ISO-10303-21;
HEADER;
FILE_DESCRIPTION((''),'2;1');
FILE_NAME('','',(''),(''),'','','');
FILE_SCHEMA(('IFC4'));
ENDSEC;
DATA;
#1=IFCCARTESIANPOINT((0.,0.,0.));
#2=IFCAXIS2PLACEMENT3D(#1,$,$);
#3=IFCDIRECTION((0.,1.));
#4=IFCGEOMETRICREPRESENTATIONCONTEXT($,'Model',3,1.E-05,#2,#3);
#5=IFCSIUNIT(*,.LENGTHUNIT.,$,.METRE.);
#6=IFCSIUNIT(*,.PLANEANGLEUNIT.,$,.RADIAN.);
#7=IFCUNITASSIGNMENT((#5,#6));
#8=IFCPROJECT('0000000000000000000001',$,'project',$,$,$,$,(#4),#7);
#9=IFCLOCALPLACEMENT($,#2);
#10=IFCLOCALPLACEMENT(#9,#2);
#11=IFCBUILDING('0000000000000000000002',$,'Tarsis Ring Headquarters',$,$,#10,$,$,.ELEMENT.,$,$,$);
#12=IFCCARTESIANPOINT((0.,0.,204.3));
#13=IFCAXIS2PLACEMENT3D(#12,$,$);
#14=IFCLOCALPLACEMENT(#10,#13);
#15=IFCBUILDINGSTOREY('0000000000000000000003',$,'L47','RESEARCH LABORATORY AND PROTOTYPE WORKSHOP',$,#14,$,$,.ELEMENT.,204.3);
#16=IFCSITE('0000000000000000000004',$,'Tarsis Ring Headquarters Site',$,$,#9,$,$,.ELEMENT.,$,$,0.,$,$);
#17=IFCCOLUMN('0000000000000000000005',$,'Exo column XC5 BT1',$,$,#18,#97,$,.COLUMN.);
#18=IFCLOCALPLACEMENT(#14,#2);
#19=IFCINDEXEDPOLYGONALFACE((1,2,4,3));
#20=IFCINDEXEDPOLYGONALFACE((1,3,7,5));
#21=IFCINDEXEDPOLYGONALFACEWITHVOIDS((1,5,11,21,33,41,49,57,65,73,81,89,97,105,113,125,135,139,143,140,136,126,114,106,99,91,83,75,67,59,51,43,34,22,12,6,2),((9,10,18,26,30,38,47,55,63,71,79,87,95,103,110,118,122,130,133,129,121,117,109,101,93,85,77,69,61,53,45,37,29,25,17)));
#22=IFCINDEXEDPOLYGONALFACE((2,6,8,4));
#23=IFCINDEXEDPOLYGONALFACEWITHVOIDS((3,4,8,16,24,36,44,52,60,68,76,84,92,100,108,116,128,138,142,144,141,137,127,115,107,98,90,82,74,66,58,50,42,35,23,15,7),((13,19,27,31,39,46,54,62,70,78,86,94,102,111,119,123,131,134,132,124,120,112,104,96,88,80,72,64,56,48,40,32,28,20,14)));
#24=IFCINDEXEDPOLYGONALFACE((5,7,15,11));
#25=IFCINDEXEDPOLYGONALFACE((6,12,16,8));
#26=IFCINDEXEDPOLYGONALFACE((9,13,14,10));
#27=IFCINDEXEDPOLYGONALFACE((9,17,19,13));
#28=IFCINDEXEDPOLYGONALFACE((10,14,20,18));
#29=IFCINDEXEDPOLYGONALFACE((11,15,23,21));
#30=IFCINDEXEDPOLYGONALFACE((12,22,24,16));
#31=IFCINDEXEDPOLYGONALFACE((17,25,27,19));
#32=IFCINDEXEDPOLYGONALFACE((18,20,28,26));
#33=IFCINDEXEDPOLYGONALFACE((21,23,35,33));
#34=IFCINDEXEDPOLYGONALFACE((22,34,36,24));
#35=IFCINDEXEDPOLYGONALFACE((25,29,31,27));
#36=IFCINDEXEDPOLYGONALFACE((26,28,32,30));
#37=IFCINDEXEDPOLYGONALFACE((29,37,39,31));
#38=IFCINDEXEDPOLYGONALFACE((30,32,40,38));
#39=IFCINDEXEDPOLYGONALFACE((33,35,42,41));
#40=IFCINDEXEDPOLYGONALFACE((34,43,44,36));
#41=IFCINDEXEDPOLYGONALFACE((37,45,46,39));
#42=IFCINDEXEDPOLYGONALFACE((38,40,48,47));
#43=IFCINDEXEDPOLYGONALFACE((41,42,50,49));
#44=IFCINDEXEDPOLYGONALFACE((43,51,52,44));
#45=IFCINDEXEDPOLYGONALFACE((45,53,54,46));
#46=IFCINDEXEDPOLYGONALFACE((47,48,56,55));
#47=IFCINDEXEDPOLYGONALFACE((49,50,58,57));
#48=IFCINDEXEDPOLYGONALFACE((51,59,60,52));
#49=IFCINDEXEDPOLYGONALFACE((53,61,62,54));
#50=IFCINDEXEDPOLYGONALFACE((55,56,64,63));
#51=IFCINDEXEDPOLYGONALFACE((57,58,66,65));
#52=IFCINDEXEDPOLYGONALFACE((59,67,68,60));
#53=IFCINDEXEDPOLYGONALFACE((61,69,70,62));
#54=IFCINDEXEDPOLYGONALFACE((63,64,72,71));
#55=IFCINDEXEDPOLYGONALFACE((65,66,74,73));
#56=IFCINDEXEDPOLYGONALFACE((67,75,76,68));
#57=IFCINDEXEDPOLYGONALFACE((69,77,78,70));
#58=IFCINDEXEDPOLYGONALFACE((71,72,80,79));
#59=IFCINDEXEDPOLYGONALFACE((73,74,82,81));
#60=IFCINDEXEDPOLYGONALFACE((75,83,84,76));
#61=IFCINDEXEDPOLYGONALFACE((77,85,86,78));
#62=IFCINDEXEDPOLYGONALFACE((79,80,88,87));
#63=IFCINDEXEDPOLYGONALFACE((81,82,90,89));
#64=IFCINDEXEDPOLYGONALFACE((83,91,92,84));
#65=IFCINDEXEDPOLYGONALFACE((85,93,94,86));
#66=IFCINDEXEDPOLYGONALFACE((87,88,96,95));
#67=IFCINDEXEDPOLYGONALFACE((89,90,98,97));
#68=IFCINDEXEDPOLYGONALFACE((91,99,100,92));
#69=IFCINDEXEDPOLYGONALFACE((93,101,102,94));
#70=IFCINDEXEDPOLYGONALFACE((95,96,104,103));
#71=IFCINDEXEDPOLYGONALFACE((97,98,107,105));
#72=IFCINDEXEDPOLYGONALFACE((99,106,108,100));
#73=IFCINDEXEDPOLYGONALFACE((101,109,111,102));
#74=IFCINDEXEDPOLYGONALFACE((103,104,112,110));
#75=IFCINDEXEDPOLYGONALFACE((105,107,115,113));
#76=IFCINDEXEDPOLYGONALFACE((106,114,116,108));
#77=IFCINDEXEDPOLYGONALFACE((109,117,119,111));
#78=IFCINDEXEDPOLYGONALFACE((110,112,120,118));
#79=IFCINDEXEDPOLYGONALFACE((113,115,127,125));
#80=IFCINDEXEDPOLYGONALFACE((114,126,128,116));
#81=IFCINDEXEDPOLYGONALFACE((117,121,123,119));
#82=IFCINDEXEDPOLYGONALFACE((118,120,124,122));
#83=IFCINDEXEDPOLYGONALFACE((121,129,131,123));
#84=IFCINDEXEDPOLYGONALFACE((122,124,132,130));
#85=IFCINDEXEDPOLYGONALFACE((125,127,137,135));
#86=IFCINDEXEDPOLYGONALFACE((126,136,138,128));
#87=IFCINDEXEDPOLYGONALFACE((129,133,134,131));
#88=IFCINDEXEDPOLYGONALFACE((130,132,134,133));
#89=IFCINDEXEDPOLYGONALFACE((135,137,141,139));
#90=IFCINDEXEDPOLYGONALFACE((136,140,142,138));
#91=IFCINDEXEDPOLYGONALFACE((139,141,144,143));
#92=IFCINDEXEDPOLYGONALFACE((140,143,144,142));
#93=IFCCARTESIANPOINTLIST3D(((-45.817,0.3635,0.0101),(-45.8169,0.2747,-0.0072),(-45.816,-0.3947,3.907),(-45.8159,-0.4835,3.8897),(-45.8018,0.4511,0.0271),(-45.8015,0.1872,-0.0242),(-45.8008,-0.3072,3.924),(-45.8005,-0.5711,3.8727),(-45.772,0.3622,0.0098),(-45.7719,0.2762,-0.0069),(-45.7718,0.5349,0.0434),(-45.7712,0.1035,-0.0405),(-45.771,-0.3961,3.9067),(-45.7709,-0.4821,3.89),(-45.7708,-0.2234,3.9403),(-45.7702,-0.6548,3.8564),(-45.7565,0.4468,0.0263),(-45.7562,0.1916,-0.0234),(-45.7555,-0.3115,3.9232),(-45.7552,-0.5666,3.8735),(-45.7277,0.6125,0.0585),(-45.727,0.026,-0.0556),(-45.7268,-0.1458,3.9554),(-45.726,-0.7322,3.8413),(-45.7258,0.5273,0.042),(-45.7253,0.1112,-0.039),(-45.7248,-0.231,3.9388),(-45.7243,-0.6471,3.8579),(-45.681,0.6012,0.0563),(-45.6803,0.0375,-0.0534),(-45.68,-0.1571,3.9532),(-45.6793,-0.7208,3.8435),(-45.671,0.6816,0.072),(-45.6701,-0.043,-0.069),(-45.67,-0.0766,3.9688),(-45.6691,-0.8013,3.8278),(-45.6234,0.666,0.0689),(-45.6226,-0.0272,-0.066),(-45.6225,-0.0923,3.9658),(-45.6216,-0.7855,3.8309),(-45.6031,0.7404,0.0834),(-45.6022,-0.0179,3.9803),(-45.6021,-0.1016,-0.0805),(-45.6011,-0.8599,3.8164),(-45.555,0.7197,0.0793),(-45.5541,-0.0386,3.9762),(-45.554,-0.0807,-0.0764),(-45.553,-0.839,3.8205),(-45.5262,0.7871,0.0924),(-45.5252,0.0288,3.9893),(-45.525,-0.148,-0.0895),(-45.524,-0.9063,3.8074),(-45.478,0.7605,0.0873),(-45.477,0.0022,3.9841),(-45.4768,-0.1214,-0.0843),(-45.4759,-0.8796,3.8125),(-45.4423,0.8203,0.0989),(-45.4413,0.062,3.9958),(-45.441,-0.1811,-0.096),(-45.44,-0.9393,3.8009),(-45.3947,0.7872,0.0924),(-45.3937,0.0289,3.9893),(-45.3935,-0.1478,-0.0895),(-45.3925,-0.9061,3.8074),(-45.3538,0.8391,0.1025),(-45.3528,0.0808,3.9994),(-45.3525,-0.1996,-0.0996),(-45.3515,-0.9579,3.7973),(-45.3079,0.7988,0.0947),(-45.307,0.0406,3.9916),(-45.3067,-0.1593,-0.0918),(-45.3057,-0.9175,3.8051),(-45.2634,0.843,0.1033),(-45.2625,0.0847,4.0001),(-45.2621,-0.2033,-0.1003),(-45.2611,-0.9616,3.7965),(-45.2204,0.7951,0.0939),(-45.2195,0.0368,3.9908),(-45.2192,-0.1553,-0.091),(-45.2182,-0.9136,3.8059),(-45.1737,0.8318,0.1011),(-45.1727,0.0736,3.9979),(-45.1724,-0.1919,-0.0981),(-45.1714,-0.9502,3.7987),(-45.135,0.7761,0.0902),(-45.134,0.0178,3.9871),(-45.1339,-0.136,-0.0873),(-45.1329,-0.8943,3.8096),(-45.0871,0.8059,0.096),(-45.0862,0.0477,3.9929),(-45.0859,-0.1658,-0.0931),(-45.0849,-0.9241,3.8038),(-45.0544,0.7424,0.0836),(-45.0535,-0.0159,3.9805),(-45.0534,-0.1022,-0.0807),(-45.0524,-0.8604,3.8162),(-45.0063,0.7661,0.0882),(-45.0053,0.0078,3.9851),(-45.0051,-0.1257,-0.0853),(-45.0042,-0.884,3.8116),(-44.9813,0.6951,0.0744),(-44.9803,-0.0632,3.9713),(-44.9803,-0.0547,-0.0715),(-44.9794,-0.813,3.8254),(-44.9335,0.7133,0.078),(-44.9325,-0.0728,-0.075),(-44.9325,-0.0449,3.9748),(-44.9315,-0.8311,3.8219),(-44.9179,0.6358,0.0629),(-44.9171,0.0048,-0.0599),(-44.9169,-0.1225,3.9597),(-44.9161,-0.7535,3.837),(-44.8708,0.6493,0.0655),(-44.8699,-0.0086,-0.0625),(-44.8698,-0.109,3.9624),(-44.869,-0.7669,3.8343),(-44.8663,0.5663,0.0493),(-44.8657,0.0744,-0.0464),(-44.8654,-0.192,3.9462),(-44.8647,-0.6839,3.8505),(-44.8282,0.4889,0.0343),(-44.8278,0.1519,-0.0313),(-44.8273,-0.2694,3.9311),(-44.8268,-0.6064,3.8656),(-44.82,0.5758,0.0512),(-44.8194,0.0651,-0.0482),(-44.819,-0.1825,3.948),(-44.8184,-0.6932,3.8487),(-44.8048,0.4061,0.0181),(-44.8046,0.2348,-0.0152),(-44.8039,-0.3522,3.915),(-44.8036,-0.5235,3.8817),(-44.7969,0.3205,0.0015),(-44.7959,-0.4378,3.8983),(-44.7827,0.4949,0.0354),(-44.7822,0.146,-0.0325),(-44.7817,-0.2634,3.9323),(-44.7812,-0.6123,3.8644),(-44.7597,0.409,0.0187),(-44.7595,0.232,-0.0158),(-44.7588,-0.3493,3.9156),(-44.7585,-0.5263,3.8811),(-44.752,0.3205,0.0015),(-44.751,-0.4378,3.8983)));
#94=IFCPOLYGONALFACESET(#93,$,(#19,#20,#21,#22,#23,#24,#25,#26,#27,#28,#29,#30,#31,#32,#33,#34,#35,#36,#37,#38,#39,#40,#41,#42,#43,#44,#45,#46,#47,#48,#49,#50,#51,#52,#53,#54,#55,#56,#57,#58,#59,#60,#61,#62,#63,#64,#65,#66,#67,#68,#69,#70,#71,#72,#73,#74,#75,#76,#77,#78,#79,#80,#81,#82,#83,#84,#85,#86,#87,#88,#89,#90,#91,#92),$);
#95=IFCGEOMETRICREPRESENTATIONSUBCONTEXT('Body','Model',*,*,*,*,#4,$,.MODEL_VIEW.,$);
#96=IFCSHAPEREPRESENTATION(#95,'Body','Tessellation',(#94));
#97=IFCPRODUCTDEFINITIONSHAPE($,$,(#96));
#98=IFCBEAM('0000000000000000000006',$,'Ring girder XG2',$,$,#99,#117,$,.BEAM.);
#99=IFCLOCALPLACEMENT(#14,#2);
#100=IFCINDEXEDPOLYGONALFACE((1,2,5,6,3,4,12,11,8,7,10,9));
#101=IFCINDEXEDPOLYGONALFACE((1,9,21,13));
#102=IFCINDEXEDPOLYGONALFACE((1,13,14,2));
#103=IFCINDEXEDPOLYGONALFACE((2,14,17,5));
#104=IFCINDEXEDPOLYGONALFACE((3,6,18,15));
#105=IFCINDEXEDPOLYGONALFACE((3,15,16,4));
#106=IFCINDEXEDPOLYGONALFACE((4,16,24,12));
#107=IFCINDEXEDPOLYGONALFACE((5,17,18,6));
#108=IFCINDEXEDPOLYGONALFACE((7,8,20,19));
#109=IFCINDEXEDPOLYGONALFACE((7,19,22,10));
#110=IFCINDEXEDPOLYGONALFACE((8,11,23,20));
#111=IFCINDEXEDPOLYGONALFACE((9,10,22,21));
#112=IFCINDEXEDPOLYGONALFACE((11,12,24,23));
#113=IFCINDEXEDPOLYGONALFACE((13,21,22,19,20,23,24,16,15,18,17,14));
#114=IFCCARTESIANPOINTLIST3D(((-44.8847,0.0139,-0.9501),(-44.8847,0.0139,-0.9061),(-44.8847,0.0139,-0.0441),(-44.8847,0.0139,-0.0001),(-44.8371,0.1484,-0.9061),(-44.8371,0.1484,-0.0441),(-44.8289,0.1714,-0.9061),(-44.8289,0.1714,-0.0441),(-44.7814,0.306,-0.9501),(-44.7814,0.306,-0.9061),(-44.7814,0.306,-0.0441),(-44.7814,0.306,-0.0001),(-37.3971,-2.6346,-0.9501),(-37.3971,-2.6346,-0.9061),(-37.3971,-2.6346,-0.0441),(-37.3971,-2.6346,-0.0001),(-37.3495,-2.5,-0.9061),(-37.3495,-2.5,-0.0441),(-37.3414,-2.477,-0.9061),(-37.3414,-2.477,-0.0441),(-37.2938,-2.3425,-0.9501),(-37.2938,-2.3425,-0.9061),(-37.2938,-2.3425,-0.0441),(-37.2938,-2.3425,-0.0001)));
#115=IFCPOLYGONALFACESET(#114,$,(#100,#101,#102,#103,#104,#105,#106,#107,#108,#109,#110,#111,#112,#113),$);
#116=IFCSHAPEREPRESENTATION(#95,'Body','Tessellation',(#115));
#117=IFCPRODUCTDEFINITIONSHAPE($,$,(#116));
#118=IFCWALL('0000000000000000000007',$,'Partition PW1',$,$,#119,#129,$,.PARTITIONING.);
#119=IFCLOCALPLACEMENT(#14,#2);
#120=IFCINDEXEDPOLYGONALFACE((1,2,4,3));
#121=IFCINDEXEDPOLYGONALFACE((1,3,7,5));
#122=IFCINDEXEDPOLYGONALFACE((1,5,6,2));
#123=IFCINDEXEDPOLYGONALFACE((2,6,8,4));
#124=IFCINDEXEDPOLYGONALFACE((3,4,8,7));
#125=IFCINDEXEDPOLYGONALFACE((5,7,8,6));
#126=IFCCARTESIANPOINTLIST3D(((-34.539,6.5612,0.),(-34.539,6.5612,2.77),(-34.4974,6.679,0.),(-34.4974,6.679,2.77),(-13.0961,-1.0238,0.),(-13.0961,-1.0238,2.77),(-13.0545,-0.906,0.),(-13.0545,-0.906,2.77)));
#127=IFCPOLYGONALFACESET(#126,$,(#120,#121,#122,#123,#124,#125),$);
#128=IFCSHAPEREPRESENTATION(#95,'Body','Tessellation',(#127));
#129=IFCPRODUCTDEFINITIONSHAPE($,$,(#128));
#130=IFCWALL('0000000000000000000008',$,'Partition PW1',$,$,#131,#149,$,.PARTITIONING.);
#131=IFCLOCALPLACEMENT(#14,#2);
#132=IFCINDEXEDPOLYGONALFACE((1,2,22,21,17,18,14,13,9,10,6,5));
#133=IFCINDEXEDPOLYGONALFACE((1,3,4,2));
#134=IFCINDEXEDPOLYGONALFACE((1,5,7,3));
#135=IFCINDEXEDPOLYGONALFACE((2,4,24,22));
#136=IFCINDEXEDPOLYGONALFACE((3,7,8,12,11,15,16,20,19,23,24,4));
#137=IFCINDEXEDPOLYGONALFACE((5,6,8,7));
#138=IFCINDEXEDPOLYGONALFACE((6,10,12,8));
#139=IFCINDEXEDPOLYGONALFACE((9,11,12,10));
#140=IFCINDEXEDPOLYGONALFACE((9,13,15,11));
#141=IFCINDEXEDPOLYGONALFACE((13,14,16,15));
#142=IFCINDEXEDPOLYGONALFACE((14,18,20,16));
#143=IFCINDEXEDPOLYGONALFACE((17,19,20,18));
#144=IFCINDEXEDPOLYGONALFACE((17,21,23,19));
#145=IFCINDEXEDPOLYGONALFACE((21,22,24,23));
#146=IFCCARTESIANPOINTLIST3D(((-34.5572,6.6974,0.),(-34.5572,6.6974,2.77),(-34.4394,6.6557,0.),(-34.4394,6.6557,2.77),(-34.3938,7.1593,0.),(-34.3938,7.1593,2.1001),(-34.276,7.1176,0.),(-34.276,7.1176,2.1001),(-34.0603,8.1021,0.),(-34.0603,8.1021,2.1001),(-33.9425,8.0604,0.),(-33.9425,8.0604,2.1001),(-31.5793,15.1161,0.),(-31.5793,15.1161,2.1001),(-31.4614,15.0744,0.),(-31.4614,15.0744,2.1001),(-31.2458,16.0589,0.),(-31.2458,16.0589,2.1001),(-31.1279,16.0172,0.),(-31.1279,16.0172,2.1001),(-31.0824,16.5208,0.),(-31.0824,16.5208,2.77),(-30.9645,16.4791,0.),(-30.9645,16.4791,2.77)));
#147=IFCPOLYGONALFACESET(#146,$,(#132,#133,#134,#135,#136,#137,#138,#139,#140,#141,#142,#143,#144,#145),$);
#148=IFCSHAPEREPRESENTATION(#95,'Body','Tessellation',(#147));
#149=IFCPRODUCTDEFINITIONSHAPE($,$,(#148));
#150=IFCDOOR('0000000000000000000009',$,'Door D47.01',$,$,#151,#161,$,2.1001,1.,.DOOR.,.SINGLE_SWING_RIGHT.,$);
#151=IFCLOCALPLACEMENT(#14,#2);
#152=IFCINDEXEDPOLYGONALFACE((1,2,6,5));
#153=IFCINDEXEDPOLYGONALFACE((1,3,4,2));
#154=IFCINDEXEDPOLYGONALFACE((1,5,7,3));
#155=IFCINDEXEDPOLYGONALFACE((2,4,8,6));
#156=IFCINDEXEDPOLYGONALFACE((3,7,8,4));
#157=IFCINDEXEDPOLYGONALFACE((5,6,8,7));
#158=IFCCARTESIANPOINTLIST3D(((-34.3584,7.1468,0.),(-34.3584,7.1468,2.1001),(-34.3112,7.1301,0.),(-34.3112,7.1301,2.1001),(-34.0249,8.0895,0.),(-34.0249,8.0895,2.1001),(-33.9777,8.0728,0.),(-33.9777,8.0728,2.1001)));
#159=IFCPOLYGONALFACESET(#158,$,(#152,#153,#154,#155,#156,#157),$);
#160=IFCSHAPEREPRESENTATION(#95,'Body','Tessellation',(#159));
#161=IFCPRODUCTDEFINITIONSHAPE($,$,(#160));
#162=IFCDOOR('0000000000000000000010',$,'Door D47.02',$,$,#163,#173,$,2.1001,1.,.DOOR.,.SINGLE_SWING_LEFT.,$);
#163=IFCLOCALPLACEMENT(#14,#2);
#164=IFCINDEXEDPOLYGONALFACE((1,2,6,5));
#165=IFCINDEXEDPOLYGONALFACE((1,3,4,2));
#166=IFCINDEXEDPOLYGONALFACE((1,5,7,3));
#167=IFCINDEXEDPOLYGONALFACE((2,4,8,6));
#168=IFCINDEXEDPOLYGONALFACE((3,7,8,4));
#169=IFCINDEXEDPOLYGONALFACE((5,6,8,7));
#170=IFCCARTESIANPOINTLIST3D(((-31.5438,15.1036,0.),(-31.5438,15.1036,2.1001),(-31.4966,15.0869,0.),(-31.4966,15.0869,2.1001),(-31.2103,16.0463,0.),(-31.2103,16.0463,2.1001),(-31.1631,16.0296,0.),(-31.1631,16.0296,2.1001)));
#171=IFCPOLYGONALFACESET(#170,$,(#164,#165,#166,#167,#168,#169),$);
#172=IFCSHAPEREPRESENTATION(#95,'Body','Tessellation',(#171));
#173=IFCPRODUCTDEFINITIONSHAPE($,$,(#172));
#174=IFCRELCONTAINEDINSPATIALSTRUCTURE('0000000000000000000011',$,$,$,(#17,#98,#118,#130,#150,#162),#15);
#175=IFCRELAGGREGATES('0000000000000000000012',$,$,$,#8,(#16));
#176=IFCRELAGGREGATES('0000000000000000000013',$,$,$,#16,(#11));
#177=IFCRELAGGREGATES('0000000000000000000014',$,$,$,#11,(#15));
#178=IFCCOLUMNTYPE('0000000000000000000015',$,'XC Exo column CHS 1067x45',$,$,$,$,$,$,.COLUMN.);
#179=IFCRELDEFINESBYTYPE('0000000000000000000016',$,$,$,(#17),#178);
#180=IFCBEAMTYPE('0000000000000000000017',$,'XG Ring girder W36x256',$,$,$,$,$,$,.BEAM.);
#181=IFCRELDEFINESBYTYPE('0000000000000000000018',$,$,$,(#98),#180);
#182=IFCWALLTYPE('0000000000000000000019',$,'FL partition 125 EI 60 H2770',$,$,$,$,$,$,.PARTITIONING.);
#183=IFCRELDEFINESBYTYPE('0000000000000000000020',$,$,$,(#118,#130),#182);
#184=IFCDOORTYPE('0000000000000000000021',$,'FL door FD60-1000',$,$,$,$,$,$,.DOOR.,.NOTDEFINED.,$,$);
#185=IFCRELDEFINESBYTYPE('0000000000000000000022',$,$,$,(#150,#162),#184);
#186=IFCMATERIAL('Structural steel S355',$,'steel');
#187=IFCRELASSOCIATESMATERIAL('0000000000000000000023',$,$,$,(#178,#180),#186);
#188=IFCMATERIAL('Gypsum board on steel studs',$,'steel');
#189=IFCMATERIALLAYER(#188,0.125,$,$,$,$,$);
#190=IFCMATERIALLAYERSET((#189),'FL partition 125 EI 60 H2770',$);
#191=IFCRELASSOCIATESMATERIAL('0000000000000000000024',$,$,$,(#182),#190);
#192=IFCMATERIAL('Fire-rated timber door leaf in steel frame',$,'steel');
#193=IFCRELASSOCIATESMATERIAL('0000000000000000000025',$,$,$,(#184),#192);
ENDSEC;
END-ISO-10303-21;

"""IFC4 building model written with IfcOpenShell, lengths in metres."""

from ifc_helpers import new_model, si_unit, direction, frame, frame_2d, origin, origin_2d, place, context, subcontext, project, spatial, rectangle, hollow_circle, i_section, extrude, material, layer, layer_set, material_profile, profile_set, type_object, element, fill, save


model = new_model("IFC4")

# Units and contexts
model_context = context("Model", 3, precision=1e-05, world=origin(), true_north=direction((0.0, 1.0)))
body_context = subcontext(model_context, "Body", "Model", "MODEL_VIEW")
ifc_project = project(units=[si_unit("LENGTHUNIT", "METRE"), si_unit("PLANEANGLEUNIT", "RADIAN")], contexts=[model_context])

# Site, building, storey
site_placement = place(None, origin())
site = spatial("IfcSite", under=ifc_project, at=site_placement, Name="Tarsis Ring Headquarters Site", CompositionType="ELEMENT", RefElevation=0.0)
building_placement = place(site_placement, origin())
building = spatial("IfcBuilding", under=site, at=building_placement, Name="Tarsis Ring Headquarters", CompositionType="ELEMENT")
storey_placement = place(building_placement, frame((0.0, 0.0, 204.3)))
storey = spatial("IfcBuildingStorey", under=building, at=storey_placement, Name="L47", Description="RESEARCH LABORATORY AND PROTOTYPE WORKSHOP", CompositionType="ELEMENT", Elevation=204.3)

# Column
ifc_material_1 = material(Name="Structural steel S355", Category="steel")
ifc_material_profile_1 = material_profile(ifc_material_1, hollow_circle(Radius=0.5334, WallThickness=0.0449, at=origin_2d()), Name="CHS 1067x45")
ifc_profile_set_1 = profile_set([ifc_material_profile_1], Name="Structural steel S355")
column_type = type_object("IfcColumnType", Name="XC Exo column CHS 1067x45", PredefinedType="COLUMN", material=ifc_profile_set_1)
column_placement = place(storey_placement, frame((-45.2854, 0.3198, 0.0015), z_axis=(0.000246, -0.191005, 0.981589), x_axis=(0.999999, 0.001288, 0.0)))
element("IfcColumn", 1, at=column_placement, inside=storey, type_object=column_type, Name="Exo column XC5 BT1", PredefinedType="COLUMN", context=body_context, shape_type="SweptSolid", body=[
    extrude(hollow_circle(Radius=0.5334, WallThickness=0.0449, at=origin_2d()), origin(), (0.0, 0.0, 1.0), 3.97),
])

# Beam
ifc_material_profile_2 = material_profile(ifc_material_1, i_section(OverallWidth=0.3098, OverallDepth=0.95, WebThickness=0.0244, FlangeThickness=0.0439, at=origin_2d()), Name="W36x256")
ifc_profile_set_2 = profile_set([ifc_material_profile_2], Name="Structural steel S355")
beam_type = type_object("IfcBeamType", Name="XG Ring girder W36x256", PredefinedType="BEAM", material=ifc_profile_set_2)
beam_placement = place(storey_placement, frame((-44.833, 0.1599, -0.4751), z_axis=(0.942762, -0.333466, 0.0), x_axis=(0.333466, 0.942762, 0.0)))
element("IfcBeam", 2, at=beam_placement, inside=storey, type_object=beam_type, Name="Ring girder XG2", PredefinedType="BEAM", context=body_context, shape_type="SweptSolid", body=[
    extrude(i_section(OverallWidth=0.3098, OverallDepth=0.95, WebThickness=0.0244, FlangeThickness=0.0439, at=origin_2d()), origin(), (0.0, 0.0, 1.0), 7.9421),
])

# Wall
ifc_material_2 = material(Name="Gypsum board on steel studs", Category="steel")
ifc_layer_1 = layer(ifc_material_2, 0.125)
ifc_layer_set_1 = layer_set([ifc_layer_1], Name="FL partition 125 EI 60 H2770")
wall_type_1 = type_object("IfcWallType", Name="FL partition 125 EI 60 H2770", PredefinedType="PARTITIONING", material=ifc_layer_set_1)
wall_1_placement = place(storey_placement, frame((-34.5183, 6.6201, 0.0), z_axis=(0.0, 0.0, 1.0), x_axis=(0.942757, -0.33348, 0.0)))
element("IfcWall", 3, at=wall_1_placement, inside=storey, type_object=wall_type_1, Name="Partition PW1", PredefinedType="PARTITIONING", context=body_context, shape_type="SweptSolid", body=[
    extrude(rectangle(XDim=22.7449, YDim=0.125, at=frame_2d((11.3726, 0.0))), origin(), (0.0, 0.0, 1.0), 2.77),
])

# Wall, openings, doors
wall_2_placement = place(storey_placement, frame((-34.4983, 6.6765, 0.0), z_axis=(0.0, 0.0, 1.0), x_axis=(0.333481, 0.942757, 0.0)))
wall_2 = element("IfcWall", 4, at=wall_2_placement, inside=storey, type_object=wall_type_1, Name="Partition PW1", PredefinedType="PARTITIONING", context=body_context, shape_type="SweptSolid", body=[
    extrude(rectangle(XDim=10.4199, YDim=0.125, at=frame_2d((5.21, 0.0))), origin(), (0.0, 0.0, 1.0), 2.77),
])
opening_1_placement = place(wall_2_placement, frame((0.49, 0.0, 0.0)))
opening_1 = element("IfcOpeningElement", 5, at=opening_1_placement, cuts=wall_2, PredefinedType="OPENING", context=body_context, shape_type="SweptSolid", body=[
    extrude(rectangle(XDim=1.0, YDim=2.1001, at=frame_2d((0.5, 1.05))), frame((0.0, 0.0725, 0.0), z_axis=(0.0, -1.0, 0.0), x_axis=(1.0, 0.0, 0.0)), (0.0, 0.0, 1.0), 0.145),
])
opening_2_placement = place(wall_2_placement, frame((8.9299, 0.0, 0.0)))
opening_2 = element("IfcOpeningElement", 6, at=opening_2_placement, cuts=wall_2, PredefinedType="OPENING", context=body_context, shape_type="SweptSolid", body=[
    extrude(rectangle(XDim=1.0, YDim=2.1001, at=frame_2d((0.5, 1.05))), frame((0.0, 0.0725, 0.0), z_axis=(0.0, -1.0, 0.0), x_axis=(1.0, 0.0, 0.0)), (0.0, 0.0, 1.0), 0.145),
])
ifc_material_3 = material(Name="Fire-rated timber door leaf in steel frame", Category="steel")
door_type = type_object("IfcDoorType", Name="FL door FD60-1000", OperationType="NOTDEFINED", PredefinedType="DOOR", material=ifc_material_3)
door_1_placement = place(opening_1_placement, origin())
door_1 = element("IfcDoor", 7, at=door_1_placement, inside=storey, type_object=door_type, Name="Door D47.01", OperationType="SINGLE_SWING_RIGHT", OverallHeight=2.1001, OverallWidth=1.0, PredefinedType="DOOR", context=body_context, shape_type="SweptSolid", body=[
    extrude(rectangle(XDim=1.0, YDim=2.1001, at=frame_2d((0.5, 1.05))), frame((0.0, 0.0249, 0.0), z_axis=(0.0, -1.0, 0.0), x_axis=(1.0, 0.0, 0.0)), (0.0, 0.0, 1.0), 0.05),
])
fill(opening_1, door_1)
door_2_placement = place(opening_2_placement, origin())
door_2 = element("IfcDoor", 8, at=door_2_placement, inside=storey, type_object=door_type, Name="Door D47.02", OperationType="SINGLE_SWING_LEFT", OverallHeight=2.1001, OverallWidth=1.0, PredefinedType="DOOR", context=body_context, shape_type="SweptSolid", body=[
    extrude(rectangle(XDim=1.0, YDim=2.1001, at=frame_2d((0.5, 1.05))), frame((0.0, 0.0249, 0.0), z_axis=(0.0, -1.0, 0.0), x_axis=(1.0, 0.0, 0.0)), (0.0, 0.0, 1.0), 0.05),
])
fill(opening_2, door_2)

save(model, "model.ifc")
